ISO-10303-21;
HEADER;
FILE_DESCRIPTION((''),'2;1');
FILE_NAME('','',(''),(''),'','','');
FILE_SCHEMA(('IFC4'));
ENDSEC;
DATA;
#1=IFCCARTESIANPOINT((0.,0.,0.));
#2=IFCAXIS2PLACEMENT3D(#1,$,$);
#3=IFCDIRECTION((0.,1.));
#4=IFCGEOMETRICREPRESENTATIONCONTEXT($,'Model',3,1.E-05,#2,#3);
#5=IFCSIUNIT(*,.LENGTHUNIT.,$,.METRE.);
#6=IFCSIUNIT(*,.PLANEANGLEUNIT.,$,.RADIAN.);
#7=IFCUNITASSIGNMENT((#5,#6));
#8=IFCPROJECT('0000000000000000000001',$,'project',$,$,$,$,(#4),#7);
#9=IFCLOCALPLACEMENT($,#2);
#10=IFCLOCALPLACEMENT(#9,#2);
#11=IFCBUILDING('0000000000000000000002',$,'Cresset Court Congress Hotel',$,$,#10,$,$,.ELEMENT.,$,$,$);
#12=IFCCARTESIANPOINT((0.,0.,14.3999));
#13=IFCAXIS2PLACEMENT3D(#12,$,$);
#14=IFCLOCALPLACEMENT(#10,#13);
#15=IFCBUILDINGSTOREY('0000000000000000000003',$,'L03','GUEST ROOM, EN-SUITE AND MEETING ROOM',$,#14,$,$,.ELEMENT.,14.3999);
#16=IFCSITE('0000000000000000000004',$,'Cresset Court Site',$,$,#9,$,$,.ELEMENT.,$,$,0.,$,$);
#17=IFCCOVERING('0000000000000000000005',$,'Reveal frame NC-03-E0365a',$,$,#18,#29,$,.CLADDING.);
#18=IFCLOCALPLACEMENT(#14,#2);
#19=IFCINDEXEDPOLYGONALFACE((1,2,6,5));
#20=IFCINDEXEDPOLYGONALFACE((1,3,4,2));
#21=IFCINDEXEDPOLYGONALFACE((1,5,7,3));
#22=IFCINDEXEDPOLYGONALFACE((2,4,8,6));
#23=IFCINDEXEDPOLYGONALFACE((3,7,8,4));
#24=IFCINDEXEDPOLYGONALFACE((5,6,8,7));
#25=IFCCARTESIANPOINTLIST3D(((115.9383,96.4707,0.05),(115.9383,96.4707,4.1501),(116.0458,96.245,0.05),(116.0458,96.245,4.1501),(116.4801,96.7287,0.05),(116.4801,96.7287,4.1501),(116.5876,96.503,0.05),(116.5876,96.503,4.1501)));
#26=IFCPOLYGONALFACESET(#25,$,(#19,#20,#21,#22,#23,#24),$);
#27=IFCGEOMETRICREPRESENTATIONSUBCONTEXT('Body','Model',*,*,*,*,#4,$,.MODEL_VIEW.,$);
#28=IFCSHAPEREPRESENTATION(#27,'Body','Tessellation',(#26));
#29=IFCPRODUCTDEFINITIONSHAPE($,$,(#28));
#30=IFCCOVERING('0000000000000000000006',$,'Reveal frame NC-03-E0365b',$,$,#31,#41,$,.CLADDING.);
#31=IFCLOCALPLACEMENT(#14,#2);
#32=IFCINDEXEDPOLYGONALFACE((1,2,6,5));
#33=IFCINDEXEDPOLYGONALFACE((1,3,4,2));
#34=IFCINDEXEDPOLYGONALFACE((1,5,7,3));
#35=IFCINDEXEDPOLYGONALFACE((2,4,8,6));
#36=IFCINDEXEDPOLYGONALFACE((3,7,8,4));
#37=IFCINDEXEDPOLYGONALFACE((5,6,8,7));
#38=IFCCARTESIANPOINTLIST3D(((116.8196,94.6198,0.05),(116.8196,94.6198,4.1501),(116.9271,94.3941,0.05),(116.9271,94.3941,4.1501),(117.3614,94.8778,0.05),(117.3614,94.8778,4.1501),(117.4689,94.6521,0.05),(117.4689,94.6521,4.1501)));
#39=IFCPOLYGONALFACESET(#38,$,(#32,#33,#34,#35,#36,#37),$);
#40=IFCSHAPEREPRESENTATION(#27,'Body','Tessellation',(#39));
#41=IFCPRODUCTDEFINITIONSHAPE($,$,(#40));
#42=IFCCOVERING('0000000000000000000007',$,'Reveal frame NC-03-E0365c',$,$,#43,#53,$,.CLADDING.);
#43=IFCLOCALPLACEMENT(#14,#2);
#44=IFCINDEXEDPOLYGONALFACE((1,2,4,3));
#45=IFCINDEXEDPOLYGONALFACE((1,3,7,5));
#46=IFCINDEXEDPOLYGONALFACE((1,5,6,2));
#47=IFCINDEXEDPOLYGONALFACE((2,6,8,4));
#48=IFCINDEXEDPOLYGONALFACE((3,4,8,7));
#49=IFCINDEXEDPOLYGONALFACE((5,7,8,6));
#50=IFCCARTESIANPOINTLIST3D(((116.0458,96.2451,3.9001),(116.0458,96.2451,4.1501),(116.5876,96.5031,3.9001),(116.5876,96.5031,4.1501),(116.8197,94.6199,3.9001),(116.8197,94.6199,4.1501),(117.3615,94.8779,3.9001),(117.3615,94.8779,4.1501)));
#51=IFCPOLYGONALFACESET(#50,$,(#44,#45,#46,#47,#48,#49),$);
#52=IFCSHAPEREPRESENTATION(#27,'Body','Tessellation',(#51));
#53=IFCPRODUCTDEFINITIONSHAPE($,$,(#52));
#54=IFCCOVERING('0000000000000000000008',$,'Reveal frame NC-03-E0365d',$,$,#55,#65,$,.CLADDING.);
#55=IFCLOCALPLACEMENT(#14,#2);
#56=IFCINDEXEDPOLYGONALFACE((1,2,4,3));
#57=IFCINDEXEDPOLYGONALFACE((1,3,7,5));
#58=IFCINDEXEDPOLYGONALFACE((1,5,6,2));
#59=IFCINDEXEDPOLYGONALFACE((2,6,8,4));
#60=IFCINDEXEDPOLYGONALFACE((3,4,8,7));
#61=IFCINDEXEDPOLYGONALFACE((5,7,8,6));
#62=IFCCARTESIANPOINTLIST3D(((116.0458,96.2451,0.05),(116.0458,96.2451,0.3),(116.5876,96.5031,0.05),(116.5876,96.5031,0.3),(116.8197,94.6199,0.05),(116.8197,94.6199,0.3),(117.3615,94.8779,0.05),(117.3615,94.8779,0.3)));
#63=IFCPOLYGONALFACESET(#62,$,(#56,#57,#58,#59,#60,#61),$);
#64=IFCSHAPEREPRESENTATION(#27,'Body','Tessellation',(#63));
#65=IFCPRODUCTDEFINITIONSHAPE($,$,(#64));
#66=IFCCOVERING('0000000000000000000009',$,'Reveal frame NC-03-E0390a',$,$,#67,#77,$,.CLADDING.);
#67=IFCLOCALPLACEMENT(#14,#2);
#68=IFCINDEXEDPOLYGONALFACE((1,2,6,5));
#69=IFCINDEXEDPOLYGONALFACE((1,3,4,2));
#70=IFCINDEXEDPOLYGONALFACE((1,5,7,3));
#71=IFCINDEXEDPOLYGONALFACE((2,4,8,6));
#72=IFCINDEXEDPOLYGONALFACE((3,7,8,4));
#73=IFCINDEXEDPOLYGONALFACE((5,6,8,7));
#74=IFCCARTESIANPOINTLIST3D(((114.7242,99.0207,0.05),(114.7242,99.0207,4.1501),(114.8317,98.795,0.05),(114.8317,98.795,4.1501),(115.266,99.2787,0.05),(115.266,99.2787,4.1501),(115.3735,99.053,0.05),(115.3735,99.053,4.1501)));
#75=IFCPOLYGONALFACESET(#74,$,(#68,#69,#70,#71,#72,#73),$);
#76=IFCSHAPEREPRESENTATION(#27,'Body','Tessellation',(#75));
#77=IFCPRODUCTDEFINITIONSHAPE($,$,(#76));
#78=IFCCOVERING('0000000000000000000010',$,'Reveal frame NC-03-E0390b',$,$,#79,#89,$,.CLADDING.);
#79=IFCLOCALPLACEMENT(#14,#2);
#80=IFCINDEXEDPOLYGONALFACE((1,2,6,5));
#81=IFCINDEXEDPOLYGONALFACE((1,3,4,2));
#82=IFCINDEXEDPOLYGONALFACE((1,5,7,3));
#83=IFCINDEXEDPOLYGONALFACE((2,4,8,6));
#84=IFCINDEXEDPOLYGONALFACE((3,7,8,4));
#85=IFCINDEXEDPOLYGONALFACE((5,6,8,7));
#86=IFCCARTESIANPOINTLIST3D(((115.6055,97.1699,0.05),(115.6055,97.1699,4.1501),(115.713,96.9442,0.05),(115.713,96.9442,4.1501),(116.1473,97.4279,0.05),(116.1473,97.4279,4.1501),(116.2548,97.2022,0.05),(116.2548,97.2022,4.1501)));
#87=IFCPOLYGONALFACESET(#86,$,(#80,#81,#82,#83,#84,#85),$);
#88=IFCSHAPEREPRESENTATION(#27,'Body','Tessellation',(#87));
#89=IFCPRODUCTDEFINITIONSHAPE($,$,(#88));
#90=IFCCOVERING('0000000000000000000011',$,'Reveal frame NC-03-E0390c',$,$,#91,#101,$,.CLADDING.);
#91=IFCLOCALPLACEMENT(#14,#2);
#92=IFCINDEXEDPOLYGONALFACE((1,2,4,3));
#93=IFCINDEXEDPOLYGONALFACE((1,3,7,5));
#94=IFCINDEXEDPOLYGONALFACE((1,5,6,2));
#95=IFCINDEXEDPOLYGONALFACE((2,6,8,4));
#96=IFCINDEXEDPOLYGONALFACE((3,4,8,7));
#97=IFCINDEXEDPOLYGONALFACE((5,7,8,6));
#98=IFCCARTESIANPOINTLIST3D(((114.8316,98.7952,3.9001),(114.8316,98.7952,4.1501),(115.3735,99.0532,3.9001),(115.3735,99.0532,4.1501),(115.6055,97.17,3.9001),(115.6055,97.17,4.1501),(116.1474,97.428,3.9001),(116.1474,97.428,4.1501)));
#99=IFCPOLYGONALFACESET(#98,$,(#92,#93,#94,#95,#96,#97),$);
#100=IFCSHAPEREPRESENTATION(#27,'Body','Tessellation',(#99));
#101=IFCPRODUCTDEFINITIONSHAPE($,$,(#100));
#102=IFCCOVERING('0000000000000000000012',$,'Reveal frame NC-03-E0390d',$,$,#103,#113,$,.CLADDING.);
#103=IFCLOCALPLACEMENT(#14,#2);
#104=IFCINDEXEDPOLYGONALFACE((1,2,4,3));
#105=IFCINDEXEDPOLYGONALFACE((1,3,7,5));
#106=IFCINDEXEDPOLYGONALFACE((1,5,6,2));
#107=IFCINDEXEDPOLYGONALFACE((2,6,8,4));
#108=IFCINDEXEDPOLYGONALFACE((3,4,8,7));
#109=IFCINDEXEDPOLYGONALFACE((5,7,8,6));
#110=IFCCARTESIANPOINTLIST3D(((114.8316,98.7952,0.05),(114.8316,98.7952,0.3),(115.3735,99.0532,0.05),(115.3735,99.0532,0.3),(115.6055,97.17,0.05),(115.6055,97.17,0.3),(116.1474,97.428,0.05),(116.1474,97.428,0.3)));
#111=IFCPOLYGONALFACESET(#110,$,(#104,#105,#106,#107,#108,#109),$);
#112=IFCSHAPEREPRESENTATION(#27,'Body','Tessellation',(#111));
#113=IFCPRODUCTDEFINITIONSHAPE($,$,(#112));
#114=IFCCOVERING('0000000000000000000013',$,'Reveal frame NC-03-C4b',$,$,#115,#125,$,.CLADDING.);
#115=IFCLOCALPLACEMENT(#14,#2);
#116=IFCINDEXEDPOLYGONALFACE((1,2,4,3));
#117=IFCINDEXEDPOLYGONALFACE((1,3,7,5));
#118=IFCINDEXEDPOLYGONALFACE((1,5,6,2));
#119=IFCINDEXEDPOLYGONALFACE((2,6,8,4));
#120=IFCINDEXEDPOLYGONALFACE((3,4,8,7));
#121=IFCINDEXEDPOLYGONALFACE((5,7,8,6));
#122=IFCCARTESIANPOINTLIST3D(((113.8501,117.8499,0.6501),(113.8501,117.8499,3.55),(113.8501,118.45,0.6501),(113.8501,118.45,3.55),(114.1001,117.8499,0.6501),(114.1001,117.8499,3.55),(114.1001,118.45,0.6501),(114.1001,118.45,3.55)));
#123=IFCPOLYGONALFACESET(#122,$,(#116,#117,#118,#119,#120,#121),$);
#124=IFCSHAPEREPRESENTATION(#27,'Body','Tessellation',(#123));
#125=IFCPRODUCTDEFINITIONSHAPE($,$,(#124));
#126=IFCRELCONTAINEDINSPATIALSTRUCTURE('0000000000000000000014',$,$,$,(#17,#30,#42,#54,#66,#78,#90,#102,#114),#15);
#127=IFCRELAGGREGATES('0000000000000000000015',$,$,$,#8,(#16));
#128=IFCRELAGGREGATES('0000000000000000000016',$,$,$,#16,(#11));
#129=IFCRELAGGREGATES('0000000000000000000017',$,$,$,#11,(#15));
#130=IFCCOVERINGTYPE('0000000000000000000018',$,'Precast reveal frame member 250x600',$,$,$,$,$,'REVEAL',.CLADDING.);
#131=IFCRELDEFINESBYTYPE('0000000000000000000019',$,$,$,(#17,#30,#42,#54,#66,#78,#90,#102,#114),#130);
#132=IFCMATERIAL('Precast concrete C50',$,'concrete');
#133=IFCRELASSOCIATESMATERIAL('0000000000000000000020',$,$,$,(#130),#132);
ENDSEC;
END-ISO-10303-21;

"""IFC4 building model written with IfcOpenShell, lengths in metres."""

from ifc_helpers import new_model, si_unit, direction, frame, origin, origin_2d, place, context, subcontext, project, spatial, rectangle, extrude, material, type_object, element, save


model = new_model("IFC4")

# Units and contexts
model_context = context("Model", 3, precision=1e-05, world=origin(), true_north=direction((0.0, 1.0)))
body_context = subcontext(model_context, "Body", "Model", "MODEL_VIEW")
ifc_project = project(units=[si_unit("LENGTHUNIT", "METRE"), si_unit("PLANEANGLEUNIT", "RADIAN")], contexts=[model_context])

# Site, building, storey
site_placement = place(None, origin())
site = spatial("IfcSite", under=ifc_project, at=site_placement, Name="Cresset Court Site", CompositionType="ELEMENT", RefElevation=0.0)
building_placement = place(site_placement, origin())
building = spatial("IfcBuilding", under=site, at=building_placement, Name="Cresset Court Congress Hotel", CompositionType="ELEMENT")
storey_placement = place(building_placement, frame((0.0, 0.0, 14.3999)))
storey = spatial("IfcBuildingStorey", under=building, at=storey_placement, Name="L03", Description="GUEST ROOM, EN-SUITE AND MEETING ROOM", CompositionType="ELEMENT", Elevation=14.3999)

# Coverings
ifc_material_1 = material(Name="Precast concrete C50", Category="concrete")
covering_type_1 = type_object("IfcCoveringType", Name="Precast reveal frame member 250x600", ElementType="REVEAL", PredefinedType="CLADDING", material=ifc_material_1)
for number, where, z_axis, x_axis, name in (
    (1, (116.2629, 96.4868, 0.05), (0.0, 0.0, 1.0), (0.429933, -0.902861, 0.0), "Reveal frame NC-03-E0365a"),
    (2, (117.1443, 94.636, 0.05), (0.0, 0.0, 1.0), (0.429933, -0.902861, 0.0), "Reveal frame NC-03-E0365b"),
):
    element("IfcCovering", number, at=place(storey_placement, frame(where, z_axis=z_axis, x_axis=x_axis)), inside=storey, type_object=covering_type_1, Name=name, PredefinedType="CLADDING", context=body_context, shape_type="SweptSolid", body=[
        extrude(rectangle(XDim=0.25, YDim=0.6001, at=origin_2d()), origin(), (0.0, 0.0, 1.0), 4.1001),
    ])
for number, where, z_axis, x_axis, name in (
    (3, (116.7036, 95.5615, 3.9001), (0.0, 0.0, 1.0), (0.429933, -0.902861, 0.0), "Reveal frame NC-03-E0365c"),
    (4, (116.7036, 95.5615, 0.05), (0.0, 0.0, 1.0), (0.429933, -0.902861, 0.0), "Reveal frame NC-03-E0365d"),
):
    element("IfcCovering", number, at=place(storey_placement, frame(where, z_axis=z_axis, x_axis=x_axis)), inside=storey, type_object=covering_type_1, Name=name, PredefinedType="CLADDING", context=body_context, shape_type="SweptSolid", body=[
        extrude(rectangle(XDim=1.8, YDim=0.6001, at=origin_2d()), origin(), (0.0, 0.0, 1.0), 0.25),
    ])
for number, where, z_axis, x_axis, name in (
    (5, (115.0488, 99.0369, 0.05), (0.0, 0.0, 1.0), (0.429933, -0.902861, 0.0), "Reveal frame NC-03-E0390a"),
    (6, (115.9302, 97.186, 0.05), (0.0, 0.0, 1.0), (0.429933, -0.902861, 0.0), "Reveal frame NC-03-E0390b"),
):
    element("IfcCovering", number, at=place(storey_placement, frame(where, z_axis=z_axis, x_axis=x_axis)), inside=storey, type_object=covering_type_1, Name=name, PredefinedType="CLADDING", context=body_context, shape_type="SweptSolid", body=[
        extrude(rectangle(XDim=0.25, YDim=0.6001, at=origin_2d()), origin(), (0.0, 0.0, 1.0), 4.1001),
    ])
for number, where, z_axis, x_axis, name in (
    (7, (115.4895, 98.1116, 3.9001), (0.0, 0.0, 1.0), (0.429933, -0.902861, 0.0), "Reveal frame NC-03-E0390c"),
    (8, (115.4895, 98.1116, 0.05), (0.0, 0.0, 1.0), (0.429933, -0.902861, 0.0), "Reveal frame NC-03-E0390d"),
):
    element("IfcCovering", number, at=place(storey_placement, frame(where, z_axis=z_axis, x_axis=x_axis)), inside=storey, type_object=covering_type_1, Name=name, PredefinedType="CLADDING", context=body_context, shape_type="SweptSolid", body=[
        extrude(rectangle(XDim=1.8, YDim=0.6001, at=origin_2d()), origin(), (0.0, 0.0, 1.0), 0.25),
    ])
covering_1_placement = place(storey_placement, frame((113.9751, 118.1499, 0.6501), z_axis=(0.0, 0.0, 1.0), x_axis=(1.0, 0.0, 0.0)))
element("IfcCovering", 9, at=covering_1_placement, inside=storey, type_object=covering_type_1, Name="Reveal frame NC-03-C4b", PredefinedType="CLADDING", context=body_context, shape_type="SweptSolid", body=[
    extrude(rectangle(XDim=0.25, YDim=0.6001, at=origin_2d()), origin(), (0.0, 0.0, 1.0), 2.8999),
])

save(model, "model.ifc")
